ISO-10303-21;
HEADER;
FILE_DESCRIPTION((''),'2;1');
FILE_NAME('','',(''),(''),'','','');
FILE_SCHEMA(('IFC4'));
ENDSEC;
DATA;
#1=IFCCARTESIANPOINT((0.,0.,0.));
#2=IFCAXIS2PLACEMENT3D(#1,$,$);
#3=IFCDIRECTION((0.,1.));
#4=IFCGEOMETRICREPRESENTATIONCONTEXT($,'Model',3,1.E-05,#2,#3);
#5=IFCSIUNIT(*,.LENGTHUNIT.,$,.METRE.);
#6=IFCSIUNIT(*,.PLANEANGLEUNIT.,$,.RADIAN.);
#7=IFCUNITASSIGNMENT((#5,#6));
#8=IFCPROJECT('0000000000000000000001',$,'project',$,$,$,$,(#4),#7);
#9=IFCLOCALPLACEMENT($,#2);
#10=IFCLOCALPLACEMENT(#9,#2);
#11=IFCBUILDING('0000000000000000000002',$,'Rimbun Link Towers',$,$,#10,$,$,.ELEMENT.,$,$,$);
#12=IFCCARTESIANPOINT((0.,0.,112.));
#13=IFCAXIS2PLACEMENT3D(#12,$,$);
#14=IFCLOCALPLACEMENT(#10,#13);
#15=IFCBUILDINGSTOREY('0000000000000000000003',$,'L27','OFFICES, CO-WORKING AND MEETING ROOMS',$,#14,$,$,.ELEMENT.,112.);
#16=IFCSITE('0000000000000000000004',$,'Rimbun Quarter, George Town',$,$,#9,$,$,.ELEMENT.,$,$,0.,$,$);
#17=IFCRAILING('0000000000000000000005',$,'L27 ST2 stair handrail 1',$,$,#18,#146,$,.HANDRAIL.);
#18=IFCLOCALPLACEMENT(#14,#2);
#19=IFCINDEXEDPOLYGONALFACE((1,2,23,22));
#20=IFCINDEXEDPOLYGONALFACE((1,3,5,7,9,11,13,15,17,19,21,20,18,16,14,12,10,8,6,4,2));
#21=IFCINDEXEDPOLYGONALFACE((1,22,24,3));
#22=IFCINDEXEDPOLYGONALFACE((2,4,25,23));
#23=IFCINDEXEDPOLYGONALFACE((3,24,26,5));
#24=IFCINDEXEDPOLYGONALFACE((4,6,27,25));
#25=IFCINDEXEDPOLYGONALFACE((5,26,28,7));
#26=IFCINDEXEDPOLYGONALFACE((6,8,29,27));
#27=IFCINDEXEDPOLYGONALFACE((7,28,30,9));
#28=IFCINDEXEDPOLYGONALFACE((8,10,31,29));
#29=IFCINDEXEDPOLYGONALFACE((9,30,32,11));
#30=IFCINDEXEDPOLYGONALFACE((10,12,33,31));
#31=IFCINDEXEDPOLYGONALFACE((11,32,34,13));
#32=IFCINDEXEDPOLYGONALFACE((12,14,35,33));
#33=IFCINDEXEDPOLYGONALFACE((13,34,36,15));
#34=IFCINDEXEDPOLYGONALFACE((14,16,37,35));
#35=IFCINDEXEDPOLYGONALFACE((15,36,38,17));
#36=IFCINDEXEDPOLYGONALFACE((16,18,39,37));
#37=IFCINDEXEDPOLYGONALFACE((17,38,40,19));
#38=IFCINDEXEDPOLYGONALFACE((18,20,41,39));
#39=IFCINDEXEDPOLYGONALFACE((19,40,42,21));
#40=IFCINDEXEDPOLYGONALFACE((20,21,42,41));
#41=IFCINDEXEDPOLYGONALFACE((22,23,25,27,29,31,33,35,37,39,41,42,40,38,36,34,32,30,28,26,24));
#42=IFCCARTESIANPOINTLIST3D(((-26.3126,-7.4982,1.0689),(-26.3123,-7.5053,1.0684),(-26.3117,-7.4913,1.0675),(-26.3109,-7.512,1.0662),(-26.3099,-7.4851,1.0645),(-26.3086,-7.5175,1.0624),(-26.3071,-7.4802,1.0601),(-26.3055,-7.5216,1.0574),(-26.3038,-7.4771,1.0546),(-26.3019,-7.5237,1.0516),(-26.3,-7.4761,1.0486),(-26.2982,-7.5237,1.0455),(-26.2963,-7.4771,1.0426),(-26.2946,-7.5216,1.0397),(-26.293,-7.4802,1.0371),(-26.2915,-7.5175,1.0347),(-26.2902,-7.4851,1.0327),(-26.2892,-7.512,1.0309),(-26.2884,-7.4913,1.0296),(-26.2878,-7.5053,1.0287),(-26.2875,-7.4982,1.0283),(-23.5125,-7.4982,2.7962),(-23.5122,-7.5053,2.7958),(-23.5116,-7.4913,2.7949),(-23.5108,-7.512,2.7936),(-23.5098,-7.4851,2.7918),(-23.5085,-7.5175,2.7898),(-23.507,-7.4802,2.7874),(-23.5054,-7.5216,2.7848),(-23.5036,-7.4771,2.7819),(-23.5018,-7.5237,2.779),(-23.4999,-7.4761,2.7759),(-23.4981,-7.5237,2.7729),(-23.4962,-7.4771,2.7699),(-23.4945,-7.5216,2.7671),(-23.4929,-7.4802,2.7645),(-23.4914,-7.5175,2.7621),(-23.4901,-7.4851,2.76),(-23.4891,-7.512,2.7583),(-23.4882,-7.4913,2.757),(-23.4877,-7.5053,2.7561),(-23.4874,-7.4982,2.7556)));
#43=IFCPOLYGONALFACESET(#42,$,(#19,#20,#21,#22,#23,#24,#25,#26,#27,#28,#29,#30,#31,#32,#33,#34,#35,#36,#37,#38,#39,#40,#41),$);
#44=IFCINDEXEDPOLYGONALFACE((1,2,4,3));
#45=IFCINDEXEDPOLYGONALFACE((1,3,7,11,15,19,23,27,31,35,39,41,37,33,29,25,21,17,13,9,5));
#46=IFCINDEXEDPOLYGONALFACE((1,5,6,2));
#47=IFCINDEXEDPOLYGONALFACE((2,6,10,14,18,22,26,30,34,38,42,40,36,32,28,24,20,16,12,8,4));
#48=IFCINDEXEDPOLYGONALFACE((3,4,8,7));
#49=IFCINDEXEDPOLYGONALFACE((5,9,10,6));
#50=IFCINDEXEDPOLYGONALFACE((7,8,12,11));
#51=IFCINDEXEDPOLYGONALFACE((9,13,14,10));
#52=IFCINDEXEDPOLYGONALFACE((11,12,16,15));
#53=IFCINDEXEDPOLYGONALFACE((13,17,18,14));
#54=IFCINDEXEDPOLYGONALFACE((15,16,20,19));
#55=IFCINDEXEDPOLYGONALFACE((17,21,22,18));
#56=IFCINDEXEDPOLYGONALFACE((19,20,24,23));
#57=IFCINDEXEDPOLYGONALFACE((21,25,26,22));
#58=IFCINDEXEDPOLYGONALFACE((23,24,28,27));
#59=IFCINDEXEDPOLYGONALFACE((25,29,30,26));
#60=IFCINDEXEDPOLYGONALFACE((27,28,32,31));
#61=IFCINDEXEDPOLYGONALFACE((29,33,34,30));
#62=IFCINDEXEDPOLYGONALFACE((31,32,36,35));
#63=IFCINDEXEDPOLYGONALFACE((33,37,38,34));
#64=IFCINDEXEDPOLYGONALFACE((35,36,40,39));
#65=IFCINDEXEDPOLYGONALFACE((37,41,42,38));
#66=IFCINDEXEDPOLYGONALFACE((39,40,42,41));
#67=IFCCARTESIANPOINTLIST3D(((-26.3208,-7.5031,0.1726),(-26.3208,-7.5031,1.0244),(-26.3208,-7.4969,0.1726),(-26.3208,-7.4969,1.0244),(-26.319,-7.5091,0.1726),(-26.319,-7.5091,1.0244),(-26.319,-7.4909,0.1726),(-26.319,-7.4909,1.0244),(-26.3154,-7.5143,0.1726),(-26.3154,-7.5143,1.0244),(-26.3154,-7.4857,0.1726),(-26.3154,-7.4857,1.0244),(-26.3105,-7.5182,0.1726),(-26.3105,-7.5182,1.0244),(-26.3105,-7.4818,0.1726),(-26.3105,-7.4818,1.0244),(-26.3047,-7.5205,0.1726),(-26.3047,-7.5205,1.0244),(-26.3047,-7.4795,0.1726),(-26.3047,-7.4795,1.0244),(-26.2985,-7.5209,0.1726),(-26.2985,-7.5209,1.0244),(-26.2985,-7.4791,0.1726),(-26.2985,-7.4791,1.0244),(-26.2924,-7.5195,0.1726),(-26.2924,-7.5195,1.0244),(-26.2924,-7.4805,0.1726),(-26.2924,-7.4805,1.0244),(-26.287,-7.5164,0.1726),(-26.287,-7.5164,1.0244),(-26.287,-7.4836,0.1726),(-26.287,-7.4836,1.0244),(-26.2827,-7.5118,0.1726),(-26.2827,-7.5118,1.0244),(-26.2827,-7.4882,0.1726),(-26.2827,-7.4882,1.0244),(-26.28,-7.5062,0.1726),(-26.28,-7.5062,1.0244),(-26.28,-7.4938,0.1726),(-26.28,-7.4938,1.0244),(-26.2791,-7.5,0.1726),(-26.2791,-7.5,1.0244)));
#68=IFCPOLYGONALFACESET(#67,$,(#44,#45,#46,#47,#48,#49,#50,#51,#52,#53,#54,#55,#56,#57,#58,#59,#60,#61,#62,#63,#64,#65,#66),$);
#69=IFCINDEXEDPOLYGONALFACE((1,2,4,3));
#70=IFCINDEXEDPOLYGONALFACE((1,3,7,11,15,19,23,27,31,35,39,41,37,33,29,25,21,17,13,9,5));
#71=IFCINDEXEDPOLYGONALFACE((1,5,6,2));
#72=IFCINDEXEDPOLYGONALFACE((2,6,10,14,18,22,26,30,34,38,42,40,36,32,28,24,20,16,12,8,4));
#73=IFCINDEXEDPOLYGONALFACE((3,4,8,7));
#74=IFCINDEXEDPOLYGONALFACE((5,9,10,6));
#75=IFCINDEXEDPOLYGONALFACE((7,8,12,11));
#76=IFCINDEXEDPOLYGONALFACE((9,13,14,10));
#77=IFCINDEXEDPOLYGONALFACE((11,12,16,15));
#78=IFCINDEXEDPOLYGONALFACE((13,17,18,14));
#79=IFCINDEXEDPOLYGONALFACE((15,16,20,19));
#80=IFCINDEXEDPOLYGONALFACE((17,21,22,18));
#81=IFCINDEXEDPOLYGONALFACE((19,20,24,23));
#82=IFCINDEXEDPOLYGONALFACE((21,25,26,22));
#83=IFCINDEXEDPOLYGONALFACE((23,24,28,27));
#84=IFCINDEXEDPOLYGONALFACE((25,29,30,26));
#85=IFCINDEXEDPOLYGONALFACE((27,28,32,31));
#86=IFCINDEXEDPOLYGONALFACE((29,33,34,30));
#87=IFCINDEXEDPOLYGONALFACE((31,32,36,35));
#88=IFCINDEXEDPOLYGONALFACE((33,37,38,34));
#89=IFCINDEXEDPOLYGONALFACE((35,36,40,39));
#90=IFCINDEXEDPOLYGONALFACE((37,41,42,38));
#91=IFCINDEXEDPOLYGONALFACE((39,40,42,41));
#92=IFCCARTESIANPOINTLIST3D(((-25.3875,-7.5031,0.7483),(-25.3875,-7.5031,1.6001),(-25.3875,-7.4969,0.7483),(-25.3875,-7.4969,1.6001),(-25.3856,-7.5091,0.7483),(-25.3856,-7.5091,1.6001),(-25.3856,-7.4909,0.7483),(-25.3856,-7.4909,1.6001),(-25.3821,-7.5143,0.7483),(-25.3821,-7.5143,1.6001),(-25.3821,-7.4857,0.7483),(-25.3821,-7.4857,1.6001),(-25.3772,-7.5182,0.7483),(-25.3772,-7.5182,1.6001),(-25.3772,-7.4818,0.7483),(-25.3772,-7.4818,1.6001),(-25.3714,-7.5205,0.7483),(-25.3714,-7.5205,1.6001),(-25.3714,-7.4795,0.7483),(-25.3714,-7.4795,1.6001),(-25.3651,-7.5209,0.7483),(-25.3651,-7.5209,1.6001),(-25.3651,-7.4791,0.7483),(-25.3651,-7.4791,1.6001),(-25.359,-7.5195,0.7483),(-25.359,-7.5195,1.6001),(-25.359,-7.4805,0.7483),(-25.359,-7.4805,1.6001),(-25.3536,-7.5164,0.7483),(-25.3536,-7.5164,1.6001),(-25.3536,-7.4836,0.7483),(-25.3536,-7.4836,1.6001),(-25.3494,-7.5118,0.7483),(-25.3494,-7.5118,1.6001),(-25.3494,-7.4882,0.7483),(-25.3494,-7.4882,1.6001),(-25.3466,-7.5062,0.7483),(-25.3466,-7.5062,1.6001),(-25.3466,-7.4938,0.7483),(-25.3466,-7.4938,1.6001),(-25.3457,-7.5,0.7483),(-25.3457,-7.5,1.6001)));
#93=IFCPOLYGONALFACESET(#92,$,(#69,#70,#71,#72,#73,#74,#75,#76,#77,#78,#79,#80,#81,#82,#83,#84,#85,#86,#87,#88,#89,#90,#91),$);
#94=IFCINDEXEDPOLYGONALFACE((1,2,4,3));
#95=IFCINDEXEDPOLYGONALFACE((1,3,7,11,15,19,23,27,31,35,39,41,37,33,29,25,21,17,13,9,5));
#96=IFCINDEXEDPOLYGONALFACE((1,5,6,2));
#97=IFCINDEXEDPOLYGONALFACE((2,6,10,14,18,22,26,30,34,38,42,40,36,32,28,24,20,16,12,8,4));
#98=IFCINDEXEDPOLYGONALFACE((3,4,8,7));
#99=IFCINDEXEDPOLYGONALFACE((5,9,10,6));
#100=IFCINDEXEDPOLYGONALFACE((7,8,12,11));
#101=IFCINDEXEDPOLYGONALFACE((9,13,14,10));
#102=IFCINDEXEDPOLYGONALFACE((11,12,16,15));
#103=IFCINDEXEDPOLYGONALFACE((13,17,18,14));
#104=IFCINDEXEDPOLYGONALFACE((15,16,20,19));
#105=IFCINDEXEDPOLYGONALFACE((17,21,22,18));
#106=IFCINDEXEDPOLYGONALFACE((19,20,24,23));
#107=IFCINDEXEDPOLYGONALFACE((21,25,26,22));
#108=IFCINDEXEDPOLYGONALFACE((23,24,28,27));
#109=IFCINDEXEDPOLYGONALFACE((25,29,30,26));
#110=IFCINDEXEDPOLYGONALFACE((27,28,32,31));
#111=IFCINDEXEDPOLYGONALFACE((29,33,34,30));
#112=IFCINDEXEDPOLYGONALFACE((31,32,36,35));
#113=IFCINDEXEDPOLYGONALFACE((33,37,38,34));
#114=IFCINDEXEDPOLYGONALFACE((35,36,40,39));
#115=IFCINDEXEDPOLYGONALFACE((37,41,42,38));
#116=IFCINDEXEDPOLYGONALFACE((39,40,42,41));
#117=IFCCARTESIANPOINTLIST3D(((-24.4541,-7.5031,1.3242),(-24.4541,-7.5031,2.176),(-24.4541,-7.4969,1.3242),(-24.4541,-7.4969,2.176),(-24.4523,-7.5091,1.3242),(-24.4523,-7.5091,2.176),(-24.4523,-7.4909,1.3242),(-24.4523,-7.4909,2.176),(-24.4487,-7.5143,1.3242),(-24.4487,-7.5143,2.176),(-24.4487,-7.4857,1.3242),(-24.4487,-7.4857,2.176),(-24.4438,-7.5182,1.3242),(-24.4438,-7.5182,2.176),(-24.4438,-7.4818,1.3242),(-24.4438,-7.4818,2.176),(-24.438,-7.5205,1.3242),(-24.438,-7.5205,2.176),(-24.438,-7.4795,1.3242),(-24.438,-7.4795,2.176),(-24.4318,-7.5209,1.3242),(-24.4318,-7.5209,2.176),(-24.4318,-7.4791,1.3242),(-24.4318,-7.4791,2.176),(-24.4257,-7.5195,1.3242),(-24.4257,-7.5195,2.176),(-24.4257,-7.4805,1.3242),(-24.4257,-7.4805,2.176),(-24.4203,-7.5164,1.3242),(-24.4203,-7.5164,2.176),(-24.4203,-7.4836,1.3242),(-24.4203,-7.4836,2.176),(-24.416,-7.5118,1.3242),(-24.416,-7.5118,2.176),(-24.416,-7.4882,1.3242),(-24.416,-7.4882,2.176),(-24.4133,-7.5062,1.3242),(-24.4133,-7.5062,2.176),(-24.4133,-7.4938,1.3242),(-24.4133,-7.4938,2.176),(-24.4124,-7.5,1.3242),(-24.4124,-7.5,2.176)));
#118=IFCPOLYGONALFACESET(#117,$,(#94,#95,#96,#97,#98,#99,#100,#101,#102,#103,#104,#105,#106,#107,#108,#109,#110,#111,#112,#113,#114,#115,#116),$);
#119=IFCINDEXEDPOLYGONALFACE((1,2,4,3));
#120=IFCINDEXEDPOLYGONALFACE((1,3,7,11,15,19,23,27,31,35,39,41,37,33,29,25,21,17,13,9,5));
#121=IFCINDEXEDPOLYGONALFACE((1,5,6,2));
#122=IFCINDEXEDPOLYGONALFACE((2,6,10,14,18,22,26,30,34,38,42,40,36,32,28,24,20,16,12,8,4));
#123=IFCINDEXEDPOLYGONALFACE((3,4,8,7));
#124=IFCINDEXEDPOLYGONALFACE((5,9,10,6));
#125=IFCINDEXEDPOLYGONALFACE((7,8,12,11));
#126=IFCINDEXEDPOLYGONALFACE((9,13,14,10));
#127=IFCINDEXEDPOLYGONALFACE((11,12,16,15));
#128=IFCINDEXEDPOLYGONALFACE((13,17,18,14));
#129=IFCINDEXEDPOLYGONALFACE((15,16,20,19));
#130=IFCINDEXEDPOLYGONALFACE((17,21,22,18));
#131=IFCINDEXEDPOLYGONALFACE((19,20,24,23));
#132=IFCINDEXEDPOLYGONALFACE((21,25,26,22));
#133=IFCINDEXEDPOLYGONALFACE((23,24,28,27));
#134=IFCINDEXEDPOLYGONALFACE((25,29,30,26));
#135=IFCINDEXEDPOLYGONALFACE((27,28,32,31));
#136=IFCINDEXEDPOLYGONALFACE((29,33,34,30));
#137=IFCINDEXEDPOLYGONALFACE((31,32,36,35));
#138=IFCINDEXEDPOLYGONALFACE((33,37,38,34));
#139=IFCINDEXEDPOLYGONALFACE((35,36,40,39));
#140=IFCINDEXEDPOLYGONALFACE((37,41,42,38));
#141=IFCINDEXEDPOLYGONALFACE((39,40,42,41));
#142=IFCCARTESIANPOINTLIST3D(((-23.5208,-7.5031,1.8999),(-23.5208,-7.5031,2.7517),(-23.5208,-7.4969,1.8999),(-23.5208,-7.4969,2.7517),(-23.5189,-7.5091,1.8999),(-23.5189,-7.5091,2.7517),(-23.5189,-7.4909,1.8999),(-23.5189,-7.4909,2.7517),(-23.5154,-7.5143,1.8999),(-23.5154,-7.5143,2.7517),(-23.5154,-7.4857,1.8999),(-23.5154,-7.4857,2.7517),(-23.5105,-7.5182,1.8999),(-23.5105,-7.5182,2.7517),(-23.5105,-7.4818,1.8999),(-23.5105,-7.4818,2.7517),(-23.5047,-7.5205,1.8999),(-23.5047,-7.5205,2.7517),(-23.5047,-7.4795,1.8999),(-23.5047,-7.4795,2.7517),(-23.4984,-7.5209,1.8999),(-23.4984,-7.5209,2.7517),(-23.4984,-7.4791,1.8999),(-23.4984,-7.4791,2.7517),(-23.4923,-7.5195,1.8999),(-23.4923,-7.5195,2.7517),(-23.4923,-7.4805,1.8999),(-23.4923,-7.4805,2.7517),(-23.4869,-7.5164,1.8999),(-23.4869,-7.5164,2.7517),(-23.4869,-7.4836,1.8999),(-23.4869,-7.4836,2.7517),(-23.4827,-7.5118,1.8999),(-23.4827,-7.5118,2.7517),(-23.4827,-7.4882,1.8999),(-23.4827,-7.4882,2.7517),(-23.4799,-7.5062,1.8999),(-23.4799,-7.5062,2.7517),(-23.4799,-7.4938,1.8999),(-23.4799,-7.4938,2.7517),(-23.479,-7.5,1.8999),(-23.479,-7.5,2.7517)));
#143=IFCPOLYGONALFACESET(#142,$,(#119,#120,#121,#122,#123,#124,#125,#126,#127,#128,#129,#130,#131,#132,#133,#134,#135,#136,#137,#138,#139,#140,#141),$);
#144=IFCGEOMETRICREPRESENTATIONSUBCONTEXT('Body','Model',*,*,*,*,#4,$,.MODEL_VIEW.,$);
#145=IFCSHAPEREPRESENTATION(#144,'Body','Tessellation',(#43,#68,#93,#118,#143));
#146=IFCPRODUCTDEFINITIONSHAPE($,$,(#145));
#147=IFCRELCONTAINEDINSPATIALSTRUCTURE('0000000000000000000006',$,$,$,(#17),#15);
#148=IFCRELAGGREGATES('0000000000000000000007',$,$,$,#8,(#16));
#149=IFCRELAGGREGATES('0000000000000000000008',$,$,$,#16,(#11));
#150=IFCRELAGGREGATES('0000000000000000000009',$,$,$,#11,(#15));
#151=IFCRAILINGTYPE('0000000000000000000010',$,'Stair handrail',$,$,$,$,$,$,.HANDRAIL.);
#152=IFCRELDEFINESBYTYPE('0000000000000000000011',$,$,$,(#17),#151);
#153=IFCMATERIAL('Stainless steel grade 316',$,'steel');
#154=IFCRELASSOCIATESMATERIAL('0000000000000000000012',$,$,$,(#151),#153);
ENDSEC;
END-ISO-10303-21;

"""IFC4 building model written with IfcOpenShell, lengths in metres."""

from ifc_helpers import new_model, si_unit, direction, frame, origin, origin_2d, place, context, subcontext, project, spatial, circle, extrude, material, type_object, element, save


model = new_model("IFC4")

# Units and contexts
model_context = context("Model", 3, precision=1e-05, world=origin(), true_north=direction((0.0, 1.0)))
body_context = subcontext(model_context, "Body", "Model", "MODEL_VIEW")
ifc_project = project(units=[si_unit("LENGTHUNIT", "METRE"), si_unit("PLANEANGLEUNIT", "RADIAN")], contexts=[model_context])

# Site, building, storey
site_placement = place(None, origin())
site = spatial("IfcSite", under=ifc_project, at=site_placement, Name="Rimbun Quarter, George Town", CompositionType="ELEMENT", RefElevation=0.0)
building_placement = place(site_placement, origin())
building = spatial("IfcBuilding", under=site, at=building_placement, Name="Rimbun Link Towers", CompositionType="ELEMENT")
storey_placement = place(building_placement, frame((0.0, 0.0, 112.0)))
storey = spatial("IfcBuildingStorey", under=building, at=storey_placement, Name="L27", Description="OFFICES, CO-WORKING AND MEETING ROOMS", CompositionType="ELEMENT", Elevation=112.0)

# Railing
ifc_material_1 = material(Name="Stainless steel grade 316", Category="steel")
railing_type_1 = type_object("IfcRailingType", Name="Stair handrail", PredefinedType="HANDRAIL", material=ifc_material_1)
railing_1_placement = place(storey_placement, frame((-26.3, -7.5, 0.1726)))
element("IfcRailing", 1, at=railing_1_placement, inside=storey, type_object=railing_type_1, Name="L27 ST2 stair handrail 1", PredefinedType="HANDRAIL", context=body_context, shape_type="SweptSolid", body=[
    extrude(circle(Radius=0.0239, at=origin_2d()), frame((0.0, 0.0, 0.876), z_axis=(0.85109, 0.0, 0.52502), x_axis=(0.0, 1.0, 0.0)), (0.0, 0.0, 1.0), 3.29),
    extrude(circle(Radius=0.021, at=origin_2d()), origin(), (0.0, 0.0, 1.0), 0.8518),
    extrude(circle(Radius=0.021, at=origin_2d()), frame((0.9333, 0.0, 0.5757)), (0.0, 0.0, 1.0), 0.8518),
    extrude(circle(Radius=0.021, at=origin_2d()), frame((1.8667, 0.0, 1.1516)), (0.0, 0.0, 1.0), 0.8518),
    extrude(circle(Radius=0.021, at=origin_2d()), frame((2.8, 0.0, 1.7273)), (0.0, 0.0, 1.0), 0.8518),
])

save(model, "model.ifc")
